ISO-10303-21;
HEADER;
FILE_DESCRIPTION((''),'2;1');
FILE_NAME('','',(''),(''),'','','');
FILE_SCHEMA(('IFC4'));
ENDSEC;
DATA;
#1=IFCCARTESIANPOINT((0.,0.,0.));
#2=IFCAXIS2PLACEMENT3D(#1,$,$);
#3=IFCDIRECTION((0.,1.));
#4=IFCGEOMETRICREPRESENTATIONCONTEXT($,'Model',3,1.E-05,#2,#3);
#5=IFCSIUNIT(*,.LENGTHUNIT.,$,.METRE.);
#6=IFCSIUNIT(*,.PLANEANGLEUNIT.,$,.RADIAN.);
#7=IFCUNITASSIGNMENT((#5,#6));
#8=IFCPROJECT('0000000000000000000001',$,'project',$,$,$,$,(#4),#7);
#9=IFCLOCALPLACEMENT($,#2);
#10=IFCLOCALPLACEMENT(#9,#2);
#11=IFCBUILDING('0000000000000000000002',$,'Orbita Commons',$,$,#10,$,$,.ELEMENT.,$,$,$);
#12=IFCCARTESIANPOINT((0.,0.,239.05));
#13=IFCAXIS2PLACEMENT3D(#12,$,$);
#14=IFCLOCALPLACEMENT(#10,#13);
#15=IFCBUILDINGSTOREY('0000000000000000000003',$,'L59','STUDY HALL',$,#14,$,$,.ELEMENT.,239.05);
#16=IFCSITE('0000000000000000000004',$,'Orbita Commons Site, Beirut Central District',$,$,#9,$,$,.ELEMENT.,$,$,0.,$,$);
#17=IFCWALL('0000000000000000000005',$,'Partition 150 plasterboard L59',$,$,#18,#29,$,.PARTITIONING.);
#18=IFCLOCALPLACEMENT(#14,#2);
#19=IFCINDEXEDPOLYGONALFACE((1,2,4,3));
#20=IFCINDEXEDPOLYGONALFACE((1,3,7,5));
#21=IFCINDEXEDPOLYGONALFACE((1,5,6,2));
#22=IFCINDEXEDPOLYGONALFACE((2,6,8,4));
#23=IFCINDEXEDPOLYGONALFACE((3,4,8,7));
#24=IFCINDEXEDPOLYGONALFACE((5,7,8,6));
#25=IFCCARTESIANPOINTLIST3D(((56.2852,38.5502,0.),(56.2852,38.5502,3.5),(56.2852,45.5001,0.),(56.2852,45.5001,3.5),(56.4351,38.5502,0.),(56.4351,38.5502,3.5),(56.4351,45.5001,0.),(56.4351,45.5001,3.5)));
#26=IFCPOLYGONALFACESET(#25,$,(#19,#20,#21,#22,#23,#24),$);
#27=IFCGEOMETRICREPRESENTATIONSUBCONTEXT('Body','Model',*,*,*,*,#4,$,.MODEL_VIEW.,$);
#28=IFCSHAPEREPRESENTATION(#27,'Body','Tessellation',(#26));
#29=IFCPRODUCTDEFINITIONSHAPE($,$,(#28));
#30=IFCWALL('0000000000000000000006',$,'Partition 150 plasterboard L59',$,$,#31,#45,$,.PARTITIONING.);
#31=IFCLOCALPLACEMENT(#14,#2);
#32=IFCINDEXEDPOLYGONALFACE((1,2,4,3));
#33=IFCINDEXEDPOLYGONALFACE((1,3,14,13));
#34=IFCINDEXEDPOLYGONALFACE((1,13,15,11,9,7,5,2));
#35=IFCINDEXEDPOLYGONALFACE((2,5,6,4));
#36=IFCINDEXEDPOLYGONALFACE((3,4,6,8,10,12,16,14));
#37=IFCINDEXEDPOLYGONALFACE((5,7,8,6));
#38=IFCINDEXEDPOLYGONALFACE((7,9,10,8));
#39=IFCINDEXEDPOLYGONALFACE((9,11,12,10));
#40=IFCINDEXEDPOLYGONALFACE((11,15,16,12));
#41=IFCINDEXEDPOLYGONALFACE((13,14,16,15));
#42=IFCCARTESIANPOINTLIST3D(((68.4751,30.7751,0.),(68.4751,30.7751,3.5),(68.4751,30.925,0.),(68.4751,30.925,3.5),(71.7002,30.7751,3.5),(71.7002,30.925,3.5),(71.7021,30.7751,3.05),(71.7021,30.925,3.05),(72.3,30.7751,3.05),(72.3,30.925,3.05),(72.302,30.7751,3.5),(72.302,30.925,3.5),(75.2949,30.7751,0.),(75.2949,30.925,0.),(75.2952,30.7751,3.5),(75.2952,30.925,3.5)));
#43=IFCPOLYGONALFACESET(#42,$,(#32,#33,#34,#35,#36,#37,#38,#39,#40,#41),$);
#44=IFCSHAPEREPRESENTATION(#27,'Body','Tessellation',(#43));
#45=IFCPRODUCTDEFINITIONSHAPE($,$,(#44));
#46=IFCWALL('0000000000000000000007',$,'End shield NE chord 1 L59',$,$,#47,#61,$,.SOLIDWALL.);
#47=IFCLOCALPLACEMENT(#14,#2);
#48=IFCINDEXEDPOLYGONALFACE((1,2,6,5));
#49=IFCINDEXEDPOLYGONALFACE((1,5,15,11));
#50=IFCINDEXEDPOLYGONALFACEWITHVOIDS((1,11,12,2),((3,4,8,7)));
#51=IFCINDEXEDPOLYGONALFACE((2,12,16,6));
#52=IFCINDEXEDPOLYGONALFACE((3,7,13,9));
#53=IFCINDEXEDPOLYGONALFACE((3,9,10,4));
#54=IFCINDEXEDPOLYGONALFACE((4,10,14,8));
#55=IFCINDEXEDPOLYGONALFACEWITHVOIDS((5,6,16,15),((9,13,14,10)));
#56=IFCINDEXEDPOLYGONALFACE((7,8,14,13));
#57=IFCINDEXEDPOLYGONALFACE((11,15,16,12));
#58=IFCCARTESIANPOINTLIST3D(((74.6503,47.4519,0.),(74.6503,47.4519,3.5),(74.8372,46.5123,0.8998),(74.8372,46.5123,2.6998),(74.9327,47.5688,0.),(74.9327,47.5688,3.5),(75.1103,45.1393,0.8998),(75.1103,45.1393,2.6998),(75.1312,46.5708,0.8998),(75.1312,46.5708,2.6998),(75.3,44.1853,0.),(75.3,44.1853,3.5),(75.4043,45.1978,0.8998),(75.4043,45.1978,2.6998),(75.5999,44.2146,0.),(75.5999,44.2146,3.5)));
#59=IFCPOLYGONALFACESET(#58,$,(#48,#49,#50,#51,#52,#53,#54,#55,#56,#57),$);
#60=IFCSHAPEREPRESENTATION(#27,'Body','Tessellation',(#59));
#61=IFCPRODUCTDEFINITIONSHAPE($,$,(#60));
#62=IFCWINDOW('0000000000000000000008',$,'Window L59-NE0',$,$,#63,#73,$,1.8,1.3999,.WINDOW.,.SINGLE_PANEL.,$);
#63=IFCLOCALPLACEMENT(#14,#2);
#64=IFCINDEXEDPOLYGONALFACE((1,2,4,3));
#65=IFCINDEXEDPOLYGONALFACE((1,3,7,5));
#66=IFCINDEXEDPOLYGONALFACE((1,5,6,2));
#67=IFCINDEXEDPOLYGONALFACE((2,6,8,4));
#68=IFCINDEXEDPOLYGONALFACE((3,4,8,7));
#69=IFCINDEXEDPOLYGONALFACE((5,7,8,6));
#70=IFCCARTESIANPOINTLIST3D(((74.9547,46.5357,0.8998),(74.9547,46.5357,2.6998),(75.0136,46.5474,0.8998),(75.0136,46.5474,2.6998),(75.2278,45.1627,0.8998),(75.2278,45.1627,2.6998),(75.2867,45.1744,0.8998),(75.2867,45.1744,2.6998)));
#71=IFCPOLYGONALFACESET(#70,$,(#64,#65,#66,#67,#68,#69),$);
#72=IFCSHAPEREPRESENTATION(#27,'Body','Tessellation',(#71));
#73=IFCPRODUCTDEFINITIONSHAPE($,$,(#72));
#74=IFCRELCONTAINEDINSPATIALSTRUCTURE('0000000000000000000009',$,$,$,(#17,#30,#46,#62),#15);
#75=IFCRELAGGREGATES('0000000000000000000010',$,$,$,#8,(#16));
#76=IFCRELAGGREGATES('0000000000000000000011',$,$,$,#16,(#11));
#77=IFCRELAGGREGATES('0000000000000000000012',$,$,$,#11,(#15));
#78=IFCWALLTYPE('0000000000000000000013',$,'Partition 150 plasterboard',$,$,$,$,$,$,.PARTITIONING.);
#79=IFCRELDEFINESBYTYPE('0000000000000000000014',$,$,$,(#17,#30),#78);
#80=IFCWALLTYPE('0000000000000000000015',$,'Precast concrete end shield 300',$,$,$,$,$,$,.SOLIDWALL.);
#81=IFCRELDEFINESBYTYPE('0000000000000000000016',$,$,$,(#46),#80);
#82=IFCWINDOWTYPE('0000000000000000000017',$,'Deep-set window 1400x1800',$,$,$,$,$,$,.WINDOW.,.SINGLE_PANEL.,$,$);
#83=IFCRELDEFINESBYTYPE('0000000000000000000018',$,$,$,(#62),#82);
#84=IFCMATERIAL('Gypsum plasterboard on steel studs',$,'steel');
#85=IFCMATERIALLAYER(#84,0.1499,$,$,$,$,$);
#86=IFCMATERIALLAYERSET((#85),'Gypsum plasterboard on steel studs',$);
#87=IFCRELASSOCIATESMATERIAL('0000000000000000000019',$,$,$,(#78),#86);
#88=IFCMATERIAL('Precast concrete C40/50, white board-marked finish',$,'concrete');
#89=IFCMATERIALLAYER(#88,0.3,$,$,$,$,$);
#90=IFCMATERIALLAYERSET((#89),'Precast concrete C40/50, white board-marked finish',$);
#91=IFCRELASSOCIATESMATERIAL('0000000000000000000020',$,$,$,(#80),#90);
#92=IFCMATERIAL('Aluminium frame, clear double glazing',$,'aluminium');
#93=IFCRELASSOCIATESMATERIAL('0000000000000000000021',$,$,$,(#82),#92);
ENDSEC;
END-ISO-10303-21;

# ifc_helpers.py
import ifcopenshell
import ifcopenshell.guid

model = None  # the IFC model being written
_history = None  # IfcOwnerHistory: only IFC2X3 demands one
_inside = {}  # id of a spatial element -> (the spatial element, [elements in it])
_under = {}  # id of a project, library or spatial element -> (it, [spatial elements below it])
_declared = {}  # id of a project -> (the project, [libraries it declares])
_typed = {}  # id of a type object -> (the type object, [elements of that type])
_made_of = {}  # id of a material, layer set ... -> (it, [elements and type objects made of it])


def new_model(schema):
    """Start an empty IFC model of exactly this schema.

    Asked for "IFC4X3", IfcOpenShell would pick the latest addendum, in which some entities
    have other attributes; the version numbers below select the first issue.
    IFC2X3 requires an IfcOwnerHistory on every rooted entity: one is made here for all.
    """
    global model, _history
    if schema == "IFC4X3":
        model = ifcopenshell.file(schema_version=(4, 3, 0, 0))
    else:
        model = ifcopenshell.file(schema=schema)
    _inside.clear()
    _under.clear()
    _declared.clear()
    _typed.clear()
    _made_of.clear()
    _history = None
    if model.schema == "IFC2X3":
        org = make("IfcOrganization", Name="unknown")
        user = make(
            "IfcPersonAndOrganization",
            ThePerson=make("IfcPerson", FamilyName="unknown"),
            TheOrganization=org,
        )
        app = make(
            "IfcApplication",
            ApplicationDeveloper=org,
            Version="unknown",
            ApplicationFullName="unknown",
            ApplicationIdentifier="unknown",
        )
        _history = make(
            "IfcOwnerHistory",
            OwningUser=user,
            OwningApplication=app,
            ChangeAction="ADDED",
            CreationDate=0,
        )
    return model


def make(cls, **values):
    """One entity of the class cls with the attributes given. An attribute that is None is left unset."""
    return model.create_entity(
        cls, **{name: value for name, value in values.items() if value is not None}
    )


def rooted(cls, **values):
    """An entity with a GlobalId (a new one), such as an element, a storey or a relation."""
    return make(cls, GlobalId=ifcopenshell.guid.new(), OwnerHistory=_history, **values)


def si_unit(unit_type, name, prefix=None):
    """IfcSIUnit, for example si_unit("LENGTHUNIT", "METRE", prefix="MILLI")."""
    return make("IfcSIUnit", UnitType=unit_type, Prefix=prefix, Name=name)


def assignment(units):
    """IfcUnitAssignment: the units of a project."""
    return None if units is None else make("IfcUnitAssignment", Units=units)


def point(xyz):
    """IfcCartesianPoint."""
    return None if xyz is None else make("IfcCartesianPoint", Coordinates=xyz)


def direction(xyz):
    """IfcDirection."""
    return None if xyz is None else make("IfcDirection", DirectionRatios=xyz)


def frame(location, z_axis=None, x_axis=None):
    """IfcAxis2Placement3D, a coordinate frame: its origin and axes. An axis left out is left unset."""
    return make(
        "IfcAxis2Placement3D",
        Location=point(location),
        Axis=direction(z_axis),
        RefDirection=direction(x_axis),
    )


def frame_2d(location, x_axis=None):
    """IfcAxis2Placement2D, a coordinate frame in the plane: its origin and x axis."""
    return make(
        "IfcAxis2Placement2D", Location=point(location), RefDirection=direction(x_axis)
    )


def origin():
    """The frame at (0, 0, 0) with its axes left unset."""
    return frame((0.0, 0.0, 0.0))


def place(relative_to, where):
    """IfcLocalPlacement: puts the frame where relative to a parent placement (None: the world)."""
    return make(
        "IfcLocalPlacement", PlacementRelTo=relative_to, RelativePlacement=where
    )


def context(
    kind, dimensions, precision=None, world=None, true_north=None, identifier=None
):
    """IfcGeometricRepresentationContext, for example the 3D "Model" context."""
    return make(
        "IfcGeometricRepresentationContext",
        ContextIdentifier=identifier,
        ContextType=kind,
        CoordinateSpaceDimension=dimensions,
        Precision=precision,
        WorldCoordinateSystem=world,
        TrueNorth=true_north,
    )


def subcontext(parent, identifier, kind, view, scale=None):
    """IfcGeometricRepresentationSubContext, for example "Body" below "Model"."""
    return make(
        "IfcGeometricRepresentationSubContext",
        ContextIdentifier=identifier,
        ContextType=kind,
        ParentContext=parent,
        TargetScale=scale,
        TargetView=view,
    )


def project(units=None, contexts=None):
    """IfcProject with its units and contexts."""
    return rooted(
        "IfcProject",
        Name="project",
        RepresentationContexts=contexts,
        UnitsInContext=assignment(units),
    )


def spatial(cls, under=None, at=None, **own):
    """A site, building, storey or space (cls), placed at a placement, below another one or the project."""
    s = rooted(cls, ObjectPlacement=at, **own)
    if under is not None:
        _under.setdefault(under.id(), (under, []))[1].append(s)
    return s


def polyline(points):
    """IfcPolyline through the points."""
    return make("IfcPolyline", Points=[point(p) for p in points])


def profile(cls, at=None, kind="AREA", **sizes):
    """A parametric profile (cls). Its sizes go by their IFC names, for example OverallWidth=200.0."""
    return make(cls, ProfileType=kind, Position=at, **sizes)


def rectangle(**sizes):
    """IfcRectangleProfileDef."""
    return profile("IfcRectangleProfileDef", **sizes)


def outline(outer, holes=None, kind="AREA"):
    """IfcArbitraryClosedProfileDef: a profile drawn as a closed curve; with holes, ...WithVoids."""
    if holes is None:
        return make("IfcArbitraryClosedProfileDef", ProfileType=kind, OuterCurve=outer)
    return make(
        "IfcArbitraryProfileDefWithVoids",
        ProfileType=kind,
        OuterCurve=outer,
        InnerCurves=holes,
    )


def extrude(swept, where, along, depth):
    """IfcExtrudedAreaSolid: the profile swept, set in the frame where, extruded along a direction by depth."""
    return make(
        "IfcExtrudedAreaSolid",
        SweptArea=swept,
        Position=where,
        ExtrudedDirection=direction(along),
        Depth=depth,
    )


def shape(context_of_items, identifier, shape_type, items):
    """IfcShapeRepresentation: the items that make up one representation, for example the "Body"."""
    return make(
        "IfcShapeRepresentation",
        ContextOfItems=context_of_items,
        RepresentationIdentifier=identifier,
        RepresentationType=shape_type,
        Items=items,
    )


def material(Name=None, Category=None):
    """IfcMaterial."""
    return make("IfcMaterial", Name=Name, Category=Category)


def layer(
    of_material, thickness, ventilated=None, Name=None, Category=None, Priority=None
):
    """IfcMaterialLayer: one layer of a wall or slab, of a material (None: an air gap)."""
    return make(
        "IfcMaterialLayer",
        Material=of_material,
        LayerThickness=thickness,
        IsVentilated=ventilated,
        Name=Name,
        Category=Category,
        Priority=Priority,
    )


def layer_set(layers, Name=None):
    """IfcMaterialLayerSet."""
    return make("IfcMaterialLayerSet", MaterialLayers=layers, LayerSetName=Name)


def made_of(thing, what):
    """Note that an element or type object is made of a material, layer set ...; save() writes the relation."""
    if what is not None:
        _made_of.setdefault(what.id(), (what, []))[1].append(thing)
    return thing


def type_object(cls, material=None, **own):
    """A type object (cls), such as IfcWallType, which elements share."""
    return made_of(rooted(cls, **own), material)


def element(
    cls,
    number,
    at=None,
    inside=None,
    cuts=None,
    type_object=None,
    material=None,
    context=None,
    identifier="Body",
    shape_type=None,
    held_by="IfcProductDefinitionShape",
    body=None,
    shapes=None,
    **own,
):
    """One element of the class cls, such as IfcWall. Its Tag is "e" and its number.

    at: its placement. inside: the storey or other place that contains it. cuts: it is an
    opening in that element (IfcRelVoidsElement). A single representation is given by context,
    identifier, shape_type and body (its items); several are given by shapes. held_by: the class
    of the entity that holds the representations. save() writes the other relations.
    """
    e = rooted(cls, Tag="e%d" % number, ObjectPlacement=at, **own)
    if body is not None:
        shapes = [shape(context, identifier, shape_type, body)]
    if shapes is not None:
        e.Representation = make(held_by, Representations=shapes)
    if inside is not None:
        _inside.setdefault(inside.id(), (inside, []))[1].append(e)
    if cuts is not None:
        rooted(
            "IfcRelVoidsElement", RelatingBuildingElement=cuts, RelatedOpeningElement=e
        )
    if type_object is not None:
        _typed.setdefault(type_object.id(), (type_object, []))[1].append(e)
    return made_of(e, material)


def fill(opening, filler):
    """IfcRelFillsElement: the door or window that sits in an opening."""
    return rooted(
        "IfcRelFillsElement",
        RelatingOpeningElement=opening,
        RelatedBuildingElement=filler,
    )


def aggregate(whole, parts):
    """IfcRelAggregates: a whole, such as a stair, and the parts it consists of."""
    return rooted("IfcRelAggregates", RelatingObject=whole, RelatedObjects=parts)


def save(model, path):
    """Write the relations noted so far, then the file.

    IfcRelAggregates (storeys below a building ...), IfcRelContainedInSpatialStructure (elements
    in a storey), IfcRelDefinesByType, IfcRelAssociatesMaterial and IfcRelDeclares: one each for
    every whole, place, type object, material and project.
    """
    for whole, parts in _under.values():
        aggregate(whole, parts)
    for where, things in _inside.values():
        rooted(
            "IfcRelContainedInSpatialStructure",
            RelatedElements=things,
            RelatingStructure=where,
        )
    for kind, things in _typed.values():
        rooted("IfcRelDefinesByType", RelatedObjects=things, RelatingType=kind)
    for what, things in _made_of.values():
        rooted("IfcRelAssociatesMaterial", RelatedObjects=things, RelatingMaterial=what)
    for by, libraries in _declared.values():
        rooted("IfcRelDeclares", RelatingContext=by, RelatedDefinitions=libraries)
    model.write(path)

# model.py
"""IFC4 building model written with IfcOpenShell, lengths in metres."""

from ifc_helpers import new_model, si_unit, direction, frame, frame_2d, origin, place, context, subcontext, project, spatial, polyline, rectangle, outline, extrude, material, layer, layer_set, type_object, element, fill, save


model = new_model("IFC4")

# Units and contexts
model_context = context("Model", 3, precision=1e-05, world=origin(), true_north=direction((0.0, 1.0)))
body_context = subcontext(model_context, "Body", "Model", "MODEL_VIEW")
ifc_project = project(units=[si_unit("LENGTHUNIT", "METRE"), si_unit("PLANEANGLEUNIT", "RADIAN")], contexts=[model_context])

# Site, building, storey
site_placement = place(None, origin())
site = spatial("IfcSite", under=ifc_project, at=site_placement, Name="Orbita Commons Site, Beirut Central District", CompositionType="ELEMENT", RefElevation=0.0)
building_placement = place(site_placement, origin())
building = spatial("IfcBuilding", under=site, at=building_placement, Name="Orbita Commons", CompositionType="ELEMENT")
storey_placement = place(building_placement, frame((0.0, 0.0, 239.05)))
storey = spatial("IfcBuildingStorey", under=building, at=storey_placement, Name="L59", Description="STUDY HALL", CompositionType="ELEMENT", Elevation=239.05)

# Walls
ifc_material_1 = material(Name="Gypsum plasterboard on steel studs", Category="steel")
ifc_layer_1 = layer(ifc_material_1, 0.1499)
ifc_layer_set_1 = layer_set([ifc_layer_1], Name="Gypsum plasterboard on steel studs")
wall_type_1 = type_object("IfcWallType", Name="Partition 150 plasterboard", PredefinedType="PARTITIONING", material=ifc_layer_set_1)
wall_1_placement = place(storey_placement, frame((56.3601, 38.55, 0.0), z_axis=(0.0, 0.0, 1.0), x_axis=(0.0, 1.0, 0.0)))
element("IfcWall", 1, at=wall_1_placement, inside=storey, type_object=wall_type_1, Name="Partition 150 plasterboard L59", PredefinedType="PARTITIONING", context=body_context, shape_type="SweptSolid", body=[
    extrude(rectangle(XDim=6.95, YDim=0.1499, at=frame_2d((3.4751, 0.0))), origin(), (0.0, 0.0, 1.0), 3.5),
])
wall_2_placement = place(storey_placement, frame((68.4751, 30.8501, 0.0), z_axis=(0.0, 0.0, 1.0), x_axis=(1.0, 0.0, 0.0)))
element("IfcWall", 2, at=wall_2_placement, inside=storey, type_object=wall_type_1, Name="Partition 150 plasterboard L59", PredefinedType="PARTITIONING", context=body_context, shape_type="SweptSolid", body=[
    extrude(outline(polyline([(0.0, 0.0), (6.8198, 0.0), (6.8201, 3.5), (3.8269, 3.5), (3.825, 3.05), (3.2271, 3.05), (3.2251, 3.5), (0.0, 3.5), (0.0, 0.0)])), frame((0.0, 0.075, 0.0), z_axis=(0.0, -1.0, 0.0), x_axis=(1.0, 0.0, 0.0)), (0.0, 0.0, 1.0), 0.1499),
])

# Wall, opening, window
ifc_material_2 = material(Name="Precast concrete C40/50, white board-marked finish", Category="concrete")
ifc_layer_2 = layer(ifc_material_2, 0.3)
ifc_layer_set_2 = layer_set([ifc_layer_2], Name="Precast concrete C40/50, white board-marked finish")
wall_type_2 = type_object("IfcWallType", Name="Precast concrete end shield 300", PredefinedType="SOLIDWALL", material=ifc_layer_set_2)
wall_3_placement = place(storey_placement, frame((75.45, 44.2, 0.0), z_axis=(0.0, 0.0, 1.0), x_axis=(-0.195087, 0.980786, 0.0)))
wall_3 = element("IfcWall", 3, at=wall_3_placement, inside=storey, type_object=wall_type_2, Name="End shield NE chord 1 L59", PredefinedType="SOLIDWALL", context=body_context, shape_type="SweptSolid", body=[
    extrude(outline(polyline([(-0.0149, -0.1499), (3.405, -0.1499), (3.3455, 0.1499), (0.0149, 0.1499), (-0.0149, -0.1499)])), origin(), (0.0, 0.0, 1.0), 3.5),
])
opening_1_placement = place(wall_3_placement, frame((0.9875, 0.0, 0.8999)))
opening_1 = element("IfcOpeningElement", 4, at=opening_1_placement, cuts=wall_3, PredefinedType="OPENING", context=body_context, shape_type="SweptSolid", body=[
    extrude(rectangle(XDim=1.3999, YDim=1.8, at=frame_2d((0.7, 0.8999))), frame((0.0, 0.1599, 0.0), z_axis=(0.0, -1.0, 0.0), x_axis=(1.0, 0.0, 0.0)), (0.0, 0.0, 1.0), 0.3201),
])
ifc_material_3 = material(Name="Aluminium frame, clear double glazing", Category="aluminium")
window_type = type_object("IfcWindowType", Name="Deep-set window 1400x1800", PartitioningType="SINGLE_PANEL", PredefinedType="WINDOW", material=ifc_material_3)
window_placement = place(opening_1_placement, origin())
window = element("IfcWindow", 5, at=window_placement, inside=storey, type_object=window_type, Name="Window L59-NE0", OverallHeight=1.8, OverallWidth=1.3999, PartitioningType="SINGLE_PANEL", PredefinedType="WINDOW", context=body_context, shape_type="SweptSolid", body=[
    extrude(rectangle(XDim=1.3999, YDim=1.8, at=frame_2d((0.7, 0.8999))), frame((0.0, 0.03, 0.0), z_axis=(0.0, -1.0, 0.0), x_axis=(1.0, 0.0, 0.0)), (0.0, 0.0, 1.0), 0.0601),
])
fill(opening_1, window)

save(model, "model.ifc")
